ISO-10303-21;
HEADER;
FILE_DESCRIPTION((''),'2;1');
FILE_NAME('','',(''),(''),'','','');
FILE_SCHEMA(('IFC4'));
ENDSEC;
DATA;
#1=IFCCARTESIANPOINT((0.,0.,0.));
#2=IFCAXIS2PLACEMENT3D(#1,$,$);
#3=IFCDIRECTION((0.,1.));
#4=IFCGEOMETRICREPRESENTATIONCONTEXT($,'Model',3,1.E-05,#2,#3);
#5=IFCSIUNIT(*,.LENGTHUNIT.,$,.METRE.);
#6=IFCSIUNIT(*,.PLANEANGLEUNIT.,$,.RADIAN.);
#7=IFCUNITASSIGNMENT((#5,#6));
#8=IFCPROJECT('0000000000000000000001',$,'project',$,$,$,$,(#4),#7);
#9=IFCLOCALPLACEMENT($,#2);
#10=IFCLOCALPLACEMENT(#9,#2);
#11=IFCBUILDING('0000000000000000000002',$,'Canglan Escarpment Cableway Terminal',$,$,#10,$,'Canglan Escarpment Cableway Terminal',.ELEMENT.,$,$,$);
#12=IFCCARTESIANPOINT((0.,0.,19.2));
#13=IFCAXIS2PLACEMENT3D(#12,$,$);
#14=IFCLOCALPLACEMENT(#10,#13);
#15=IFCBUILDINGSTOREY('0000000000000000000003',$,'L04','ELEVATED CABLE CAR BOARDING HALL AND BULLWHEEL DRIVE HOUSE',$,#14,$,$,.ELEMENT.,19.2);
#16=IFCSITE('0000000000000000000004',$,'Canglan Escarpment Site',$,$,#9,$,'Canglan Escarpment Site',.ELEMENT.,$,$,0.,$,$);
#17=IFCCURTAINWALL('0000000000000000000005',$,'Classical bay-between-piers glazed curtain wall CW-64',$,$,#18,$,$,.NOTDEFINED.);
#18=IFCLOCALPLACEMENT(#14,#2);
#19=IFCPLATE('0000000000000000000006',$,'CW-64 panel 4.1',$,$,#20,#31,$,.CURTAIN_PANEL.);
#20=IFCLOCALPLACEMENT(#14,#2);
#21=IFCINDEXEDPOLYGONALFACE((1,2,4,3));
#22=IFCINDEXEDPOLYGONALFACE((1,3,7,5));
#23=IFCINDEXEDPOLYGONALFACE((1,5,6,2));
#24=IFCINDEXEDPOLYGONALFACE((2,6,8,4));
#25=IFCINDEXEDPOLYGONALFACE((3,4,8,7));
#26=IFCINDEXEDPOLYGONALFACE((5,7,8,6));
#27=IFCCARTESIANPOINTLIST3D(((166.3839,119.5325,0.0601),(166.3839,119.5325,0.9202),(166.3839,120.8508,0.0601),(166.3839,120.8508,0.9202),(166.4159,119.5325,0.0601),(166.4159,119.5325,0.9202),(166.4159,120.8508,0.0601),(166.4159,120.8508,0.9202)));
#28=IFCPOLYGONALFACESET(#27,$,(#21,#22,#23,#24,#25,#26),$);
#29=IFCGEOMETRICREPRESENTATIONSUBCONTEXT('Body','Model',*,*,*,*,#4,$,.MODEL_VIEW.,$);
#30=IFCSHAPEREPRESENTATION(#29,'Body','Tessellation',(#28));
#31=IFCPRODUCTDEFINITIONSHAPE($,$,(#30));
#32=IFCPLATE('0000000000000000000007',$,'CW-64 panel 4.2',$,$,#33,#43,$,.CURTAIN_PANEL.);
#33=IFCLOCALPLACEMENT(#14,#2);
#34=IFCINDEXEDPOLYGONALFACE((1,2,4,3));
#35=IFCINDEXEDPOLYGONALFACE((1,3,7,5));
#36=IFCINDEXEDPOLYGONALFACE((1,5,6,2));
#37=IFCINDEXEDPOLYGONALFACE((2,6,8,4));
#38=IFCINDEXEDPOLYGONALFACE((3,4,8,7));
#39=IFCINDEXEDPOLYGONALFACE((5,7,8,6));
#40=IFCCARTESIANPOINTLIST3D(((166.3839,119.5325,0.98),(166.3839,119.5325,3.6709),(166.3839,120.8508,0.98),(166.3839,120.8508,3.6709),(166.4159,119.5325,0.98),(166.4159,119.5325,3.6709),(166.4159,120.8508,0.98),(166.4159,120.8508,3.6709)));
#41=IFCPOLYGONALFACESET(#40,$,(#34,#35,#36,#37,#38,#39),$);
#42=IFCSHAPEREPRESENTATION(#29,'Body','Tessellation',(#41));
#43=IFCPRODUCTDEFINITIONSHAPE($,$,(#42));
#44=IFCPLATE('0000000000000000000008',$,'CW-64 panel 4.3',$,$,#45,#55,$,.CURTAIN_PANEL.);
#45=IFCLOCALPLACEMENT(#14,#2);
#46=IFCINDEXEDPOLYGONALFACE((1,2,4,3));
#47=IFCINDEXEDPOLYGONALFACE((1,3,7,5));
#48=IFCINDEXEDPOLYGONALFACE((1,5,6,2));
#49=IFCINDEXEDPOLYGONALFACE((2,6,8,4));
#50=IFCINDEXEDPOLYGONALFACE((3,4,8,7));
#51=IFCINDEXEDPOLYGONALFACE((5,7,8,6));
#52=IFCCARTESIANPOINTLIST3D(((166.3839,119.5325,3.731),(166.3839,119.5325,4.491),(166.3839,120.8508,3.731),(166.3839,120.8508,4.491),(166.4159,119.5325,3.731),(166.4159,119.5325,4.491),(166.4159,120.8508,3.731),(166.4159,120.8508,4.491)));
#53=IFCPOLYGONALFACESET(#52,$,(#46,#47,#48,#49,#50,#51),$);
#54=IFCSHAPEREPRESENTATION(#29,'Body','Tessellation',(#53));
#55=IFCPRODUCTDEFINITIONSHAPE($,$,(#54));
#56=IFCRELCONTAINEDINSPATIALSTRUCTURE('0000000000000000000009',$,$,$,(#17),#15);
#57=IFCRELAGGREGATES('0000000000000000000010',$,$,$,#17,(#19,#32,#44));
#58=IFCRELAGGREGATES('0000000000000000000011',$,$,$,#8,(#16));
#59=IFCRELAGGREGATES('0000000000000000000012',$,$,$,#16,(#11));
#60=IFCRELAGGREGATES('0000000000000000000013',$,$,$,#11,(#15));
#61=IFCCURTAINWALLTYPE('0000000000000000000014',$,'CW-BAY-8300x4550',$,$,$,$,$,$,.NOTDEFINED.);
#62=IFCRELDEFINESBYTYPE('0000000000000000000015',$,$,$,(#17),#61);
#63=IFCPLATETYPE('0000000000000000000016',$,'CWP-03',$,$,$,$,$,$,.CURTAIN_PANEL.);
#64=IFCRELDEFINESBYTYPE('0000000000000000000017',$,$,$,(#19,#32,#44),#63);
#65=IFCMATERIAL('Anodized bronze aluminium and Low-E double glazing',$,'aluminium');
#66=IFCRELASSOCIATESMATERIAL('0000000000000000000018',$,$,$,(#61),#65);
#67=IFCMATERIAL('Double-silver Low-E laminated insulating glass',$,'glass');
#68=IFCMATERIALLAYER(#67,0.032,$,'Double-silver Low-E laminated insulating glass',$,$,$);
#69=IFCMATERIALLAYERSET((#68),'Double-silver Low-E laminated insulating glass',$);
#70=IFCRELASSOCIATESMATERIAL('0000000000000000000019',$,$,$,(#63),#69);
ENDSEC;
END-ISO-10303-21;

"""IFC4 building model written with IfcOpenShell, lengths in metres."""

from ifc_helpers import new_model, si_unit, direction, frame, origin, origin_2d, place, context, subcontext, project, spatial, rectangle, extrude, material, layer, layer_set, type_object, element, aggregate, save


model = new_model("IFC4")

# Units and contexts
model_context = context("Model", 3, precision=1e-05, world=origin(), true_north=direction((0.0, 1.0)))
body_context = subcontext(model_context, "Body", "Model", "MODEL_VIEW")
ifc_project = project(units=[si_unit("LENGTHUNIT", "METRE"), si_unit("PLANEANGLEUNIT", "RADIAN")], contexts=[model_context])

# Site, building, storey
site_placement = place(None, origin())
site = spatial("IfcSite", under=ifc_project, at=site_placement, Name="Canglan Escarpment Site", LongName="Canglan Escarpment Site", CompositionType="ELEMENT", RefElevation=0.0)
building_placement = place(site_placement, origin())
building = spatial("IfcBuilding", under=site, at=building_placement, Name="Canglan Escarpment Cableway Terminal", LongName="Canglan Escarpment Cableway Terminal", CompositionType="ELEMENT")
storey_placement = place(building_placement, frame((0.0, 0.0, 19.2)))
storey = spatial("IfcBuildingStorey", under=building, at=storey_placement, Name="L04", Description="ELEVATED CABLE CAR BOARDING HALL AND BULLWHEEL DRIVE HOUSE", CompositionType="ELEMENT", Elevation=19.2)

# Curtain wall, plates
ifc_material_1 = material(Name="Anodized bronze aluminium and Low-E double glazing", Category="aluminium")
curtain_wall_type = type_object("IfcCurtainWallType", Name="CW-BAY-8300x4550", PredefinedType="NOTDEFINED", material=ifc_material_1)
curtain_wall_placement = place(storey_placement, origin())
curtain_wall = element("IfcCurtainWall", 1, at=curtain_wall_placement, inside=storey, type_object=curtain_wall_type, Name="Classical bay-between-piers glazed curtain wall CW-64", PredefinedType="NOTDEFINED")
ifc_material_2 = material(Name="Double-silver Low-E laminated insulating glass", Category="glass")
ifc_layer = layer(ifc_material_2, 0.032, Name="Double-silver Low-E laminated insulating glass")
ifc_layer_set = layer_set([ifc_layer], Name="Double-silver Low-E laminated insulating glass")
plate_type = type_object("IfcPlateType", Name="CWP-03", PredefinedType="CURTAIN_PANEL", material=ifc_layer_set)
plate_1_placement = place(storey_placement, frame((166.3999, 120.1917, 0.0601), z_axis=(0.0, 0.0, 1.0), x_axis=(0.0, 1.0, 0.0)))
plate_1 = element("IfcPlate", 2, at=plate_1_placement, type_object=plate_type, Name="CW-64 panel 4.1", PredefinedType="CURTAIN_PANEL", context=body_context, shape_type="SweptSolid", body=[
    extrude(rectangle(XDim=1.3184, YDim=0.032, at=origin_2d()), origin(), (0.0, 0.0, 1.0), 0.8601),
])
plate_2_placement = place(storey_placement, frame((166.3999, 120.1917, 0.98), z_axis=(0.0, 0.0, 1.0), x_axis=(0.0, 1.0, 0.0)))
plate_2 = element("IfcPlate", 3, at=plate_2_placement, type_object=plate_type, Name="CW-64 panel 4.2", PredefinedType="CURTAIN_PANEL", context=body_context, shape_type="SweptSolid", body=[
    extrude(rectangle(XDim=1.3184, YDim=0.032, at=origin_2d()), origin(), (0.0, 0.0, 1.0), 2.6909),
])
plate_3_placement = place(storey_placement, frame((166.3999, 120.1917, 3.731), z_axis=(0.0, 0.0, 1.0), x_axis=(0.0, 1.0, 0.0)))
plate_3 = element("IfcPlate", 4, at=plate_3_placement, type_object=plate_type, Name="CW-64 panel 4.3", PredefinedType="CURTAIN_PANEL", context=body_context, shape_type="SweptSolid", body=[
    extrude(rectangle(XDim=1.3184, YDim=0.032, at=origin_2d()), origin(), (0.0, 0.0, 1.0), 0.76),
])
aggregate(curtain_wall, [plate_1, plate_2, plate_3])

save(model, "model.ifc")
